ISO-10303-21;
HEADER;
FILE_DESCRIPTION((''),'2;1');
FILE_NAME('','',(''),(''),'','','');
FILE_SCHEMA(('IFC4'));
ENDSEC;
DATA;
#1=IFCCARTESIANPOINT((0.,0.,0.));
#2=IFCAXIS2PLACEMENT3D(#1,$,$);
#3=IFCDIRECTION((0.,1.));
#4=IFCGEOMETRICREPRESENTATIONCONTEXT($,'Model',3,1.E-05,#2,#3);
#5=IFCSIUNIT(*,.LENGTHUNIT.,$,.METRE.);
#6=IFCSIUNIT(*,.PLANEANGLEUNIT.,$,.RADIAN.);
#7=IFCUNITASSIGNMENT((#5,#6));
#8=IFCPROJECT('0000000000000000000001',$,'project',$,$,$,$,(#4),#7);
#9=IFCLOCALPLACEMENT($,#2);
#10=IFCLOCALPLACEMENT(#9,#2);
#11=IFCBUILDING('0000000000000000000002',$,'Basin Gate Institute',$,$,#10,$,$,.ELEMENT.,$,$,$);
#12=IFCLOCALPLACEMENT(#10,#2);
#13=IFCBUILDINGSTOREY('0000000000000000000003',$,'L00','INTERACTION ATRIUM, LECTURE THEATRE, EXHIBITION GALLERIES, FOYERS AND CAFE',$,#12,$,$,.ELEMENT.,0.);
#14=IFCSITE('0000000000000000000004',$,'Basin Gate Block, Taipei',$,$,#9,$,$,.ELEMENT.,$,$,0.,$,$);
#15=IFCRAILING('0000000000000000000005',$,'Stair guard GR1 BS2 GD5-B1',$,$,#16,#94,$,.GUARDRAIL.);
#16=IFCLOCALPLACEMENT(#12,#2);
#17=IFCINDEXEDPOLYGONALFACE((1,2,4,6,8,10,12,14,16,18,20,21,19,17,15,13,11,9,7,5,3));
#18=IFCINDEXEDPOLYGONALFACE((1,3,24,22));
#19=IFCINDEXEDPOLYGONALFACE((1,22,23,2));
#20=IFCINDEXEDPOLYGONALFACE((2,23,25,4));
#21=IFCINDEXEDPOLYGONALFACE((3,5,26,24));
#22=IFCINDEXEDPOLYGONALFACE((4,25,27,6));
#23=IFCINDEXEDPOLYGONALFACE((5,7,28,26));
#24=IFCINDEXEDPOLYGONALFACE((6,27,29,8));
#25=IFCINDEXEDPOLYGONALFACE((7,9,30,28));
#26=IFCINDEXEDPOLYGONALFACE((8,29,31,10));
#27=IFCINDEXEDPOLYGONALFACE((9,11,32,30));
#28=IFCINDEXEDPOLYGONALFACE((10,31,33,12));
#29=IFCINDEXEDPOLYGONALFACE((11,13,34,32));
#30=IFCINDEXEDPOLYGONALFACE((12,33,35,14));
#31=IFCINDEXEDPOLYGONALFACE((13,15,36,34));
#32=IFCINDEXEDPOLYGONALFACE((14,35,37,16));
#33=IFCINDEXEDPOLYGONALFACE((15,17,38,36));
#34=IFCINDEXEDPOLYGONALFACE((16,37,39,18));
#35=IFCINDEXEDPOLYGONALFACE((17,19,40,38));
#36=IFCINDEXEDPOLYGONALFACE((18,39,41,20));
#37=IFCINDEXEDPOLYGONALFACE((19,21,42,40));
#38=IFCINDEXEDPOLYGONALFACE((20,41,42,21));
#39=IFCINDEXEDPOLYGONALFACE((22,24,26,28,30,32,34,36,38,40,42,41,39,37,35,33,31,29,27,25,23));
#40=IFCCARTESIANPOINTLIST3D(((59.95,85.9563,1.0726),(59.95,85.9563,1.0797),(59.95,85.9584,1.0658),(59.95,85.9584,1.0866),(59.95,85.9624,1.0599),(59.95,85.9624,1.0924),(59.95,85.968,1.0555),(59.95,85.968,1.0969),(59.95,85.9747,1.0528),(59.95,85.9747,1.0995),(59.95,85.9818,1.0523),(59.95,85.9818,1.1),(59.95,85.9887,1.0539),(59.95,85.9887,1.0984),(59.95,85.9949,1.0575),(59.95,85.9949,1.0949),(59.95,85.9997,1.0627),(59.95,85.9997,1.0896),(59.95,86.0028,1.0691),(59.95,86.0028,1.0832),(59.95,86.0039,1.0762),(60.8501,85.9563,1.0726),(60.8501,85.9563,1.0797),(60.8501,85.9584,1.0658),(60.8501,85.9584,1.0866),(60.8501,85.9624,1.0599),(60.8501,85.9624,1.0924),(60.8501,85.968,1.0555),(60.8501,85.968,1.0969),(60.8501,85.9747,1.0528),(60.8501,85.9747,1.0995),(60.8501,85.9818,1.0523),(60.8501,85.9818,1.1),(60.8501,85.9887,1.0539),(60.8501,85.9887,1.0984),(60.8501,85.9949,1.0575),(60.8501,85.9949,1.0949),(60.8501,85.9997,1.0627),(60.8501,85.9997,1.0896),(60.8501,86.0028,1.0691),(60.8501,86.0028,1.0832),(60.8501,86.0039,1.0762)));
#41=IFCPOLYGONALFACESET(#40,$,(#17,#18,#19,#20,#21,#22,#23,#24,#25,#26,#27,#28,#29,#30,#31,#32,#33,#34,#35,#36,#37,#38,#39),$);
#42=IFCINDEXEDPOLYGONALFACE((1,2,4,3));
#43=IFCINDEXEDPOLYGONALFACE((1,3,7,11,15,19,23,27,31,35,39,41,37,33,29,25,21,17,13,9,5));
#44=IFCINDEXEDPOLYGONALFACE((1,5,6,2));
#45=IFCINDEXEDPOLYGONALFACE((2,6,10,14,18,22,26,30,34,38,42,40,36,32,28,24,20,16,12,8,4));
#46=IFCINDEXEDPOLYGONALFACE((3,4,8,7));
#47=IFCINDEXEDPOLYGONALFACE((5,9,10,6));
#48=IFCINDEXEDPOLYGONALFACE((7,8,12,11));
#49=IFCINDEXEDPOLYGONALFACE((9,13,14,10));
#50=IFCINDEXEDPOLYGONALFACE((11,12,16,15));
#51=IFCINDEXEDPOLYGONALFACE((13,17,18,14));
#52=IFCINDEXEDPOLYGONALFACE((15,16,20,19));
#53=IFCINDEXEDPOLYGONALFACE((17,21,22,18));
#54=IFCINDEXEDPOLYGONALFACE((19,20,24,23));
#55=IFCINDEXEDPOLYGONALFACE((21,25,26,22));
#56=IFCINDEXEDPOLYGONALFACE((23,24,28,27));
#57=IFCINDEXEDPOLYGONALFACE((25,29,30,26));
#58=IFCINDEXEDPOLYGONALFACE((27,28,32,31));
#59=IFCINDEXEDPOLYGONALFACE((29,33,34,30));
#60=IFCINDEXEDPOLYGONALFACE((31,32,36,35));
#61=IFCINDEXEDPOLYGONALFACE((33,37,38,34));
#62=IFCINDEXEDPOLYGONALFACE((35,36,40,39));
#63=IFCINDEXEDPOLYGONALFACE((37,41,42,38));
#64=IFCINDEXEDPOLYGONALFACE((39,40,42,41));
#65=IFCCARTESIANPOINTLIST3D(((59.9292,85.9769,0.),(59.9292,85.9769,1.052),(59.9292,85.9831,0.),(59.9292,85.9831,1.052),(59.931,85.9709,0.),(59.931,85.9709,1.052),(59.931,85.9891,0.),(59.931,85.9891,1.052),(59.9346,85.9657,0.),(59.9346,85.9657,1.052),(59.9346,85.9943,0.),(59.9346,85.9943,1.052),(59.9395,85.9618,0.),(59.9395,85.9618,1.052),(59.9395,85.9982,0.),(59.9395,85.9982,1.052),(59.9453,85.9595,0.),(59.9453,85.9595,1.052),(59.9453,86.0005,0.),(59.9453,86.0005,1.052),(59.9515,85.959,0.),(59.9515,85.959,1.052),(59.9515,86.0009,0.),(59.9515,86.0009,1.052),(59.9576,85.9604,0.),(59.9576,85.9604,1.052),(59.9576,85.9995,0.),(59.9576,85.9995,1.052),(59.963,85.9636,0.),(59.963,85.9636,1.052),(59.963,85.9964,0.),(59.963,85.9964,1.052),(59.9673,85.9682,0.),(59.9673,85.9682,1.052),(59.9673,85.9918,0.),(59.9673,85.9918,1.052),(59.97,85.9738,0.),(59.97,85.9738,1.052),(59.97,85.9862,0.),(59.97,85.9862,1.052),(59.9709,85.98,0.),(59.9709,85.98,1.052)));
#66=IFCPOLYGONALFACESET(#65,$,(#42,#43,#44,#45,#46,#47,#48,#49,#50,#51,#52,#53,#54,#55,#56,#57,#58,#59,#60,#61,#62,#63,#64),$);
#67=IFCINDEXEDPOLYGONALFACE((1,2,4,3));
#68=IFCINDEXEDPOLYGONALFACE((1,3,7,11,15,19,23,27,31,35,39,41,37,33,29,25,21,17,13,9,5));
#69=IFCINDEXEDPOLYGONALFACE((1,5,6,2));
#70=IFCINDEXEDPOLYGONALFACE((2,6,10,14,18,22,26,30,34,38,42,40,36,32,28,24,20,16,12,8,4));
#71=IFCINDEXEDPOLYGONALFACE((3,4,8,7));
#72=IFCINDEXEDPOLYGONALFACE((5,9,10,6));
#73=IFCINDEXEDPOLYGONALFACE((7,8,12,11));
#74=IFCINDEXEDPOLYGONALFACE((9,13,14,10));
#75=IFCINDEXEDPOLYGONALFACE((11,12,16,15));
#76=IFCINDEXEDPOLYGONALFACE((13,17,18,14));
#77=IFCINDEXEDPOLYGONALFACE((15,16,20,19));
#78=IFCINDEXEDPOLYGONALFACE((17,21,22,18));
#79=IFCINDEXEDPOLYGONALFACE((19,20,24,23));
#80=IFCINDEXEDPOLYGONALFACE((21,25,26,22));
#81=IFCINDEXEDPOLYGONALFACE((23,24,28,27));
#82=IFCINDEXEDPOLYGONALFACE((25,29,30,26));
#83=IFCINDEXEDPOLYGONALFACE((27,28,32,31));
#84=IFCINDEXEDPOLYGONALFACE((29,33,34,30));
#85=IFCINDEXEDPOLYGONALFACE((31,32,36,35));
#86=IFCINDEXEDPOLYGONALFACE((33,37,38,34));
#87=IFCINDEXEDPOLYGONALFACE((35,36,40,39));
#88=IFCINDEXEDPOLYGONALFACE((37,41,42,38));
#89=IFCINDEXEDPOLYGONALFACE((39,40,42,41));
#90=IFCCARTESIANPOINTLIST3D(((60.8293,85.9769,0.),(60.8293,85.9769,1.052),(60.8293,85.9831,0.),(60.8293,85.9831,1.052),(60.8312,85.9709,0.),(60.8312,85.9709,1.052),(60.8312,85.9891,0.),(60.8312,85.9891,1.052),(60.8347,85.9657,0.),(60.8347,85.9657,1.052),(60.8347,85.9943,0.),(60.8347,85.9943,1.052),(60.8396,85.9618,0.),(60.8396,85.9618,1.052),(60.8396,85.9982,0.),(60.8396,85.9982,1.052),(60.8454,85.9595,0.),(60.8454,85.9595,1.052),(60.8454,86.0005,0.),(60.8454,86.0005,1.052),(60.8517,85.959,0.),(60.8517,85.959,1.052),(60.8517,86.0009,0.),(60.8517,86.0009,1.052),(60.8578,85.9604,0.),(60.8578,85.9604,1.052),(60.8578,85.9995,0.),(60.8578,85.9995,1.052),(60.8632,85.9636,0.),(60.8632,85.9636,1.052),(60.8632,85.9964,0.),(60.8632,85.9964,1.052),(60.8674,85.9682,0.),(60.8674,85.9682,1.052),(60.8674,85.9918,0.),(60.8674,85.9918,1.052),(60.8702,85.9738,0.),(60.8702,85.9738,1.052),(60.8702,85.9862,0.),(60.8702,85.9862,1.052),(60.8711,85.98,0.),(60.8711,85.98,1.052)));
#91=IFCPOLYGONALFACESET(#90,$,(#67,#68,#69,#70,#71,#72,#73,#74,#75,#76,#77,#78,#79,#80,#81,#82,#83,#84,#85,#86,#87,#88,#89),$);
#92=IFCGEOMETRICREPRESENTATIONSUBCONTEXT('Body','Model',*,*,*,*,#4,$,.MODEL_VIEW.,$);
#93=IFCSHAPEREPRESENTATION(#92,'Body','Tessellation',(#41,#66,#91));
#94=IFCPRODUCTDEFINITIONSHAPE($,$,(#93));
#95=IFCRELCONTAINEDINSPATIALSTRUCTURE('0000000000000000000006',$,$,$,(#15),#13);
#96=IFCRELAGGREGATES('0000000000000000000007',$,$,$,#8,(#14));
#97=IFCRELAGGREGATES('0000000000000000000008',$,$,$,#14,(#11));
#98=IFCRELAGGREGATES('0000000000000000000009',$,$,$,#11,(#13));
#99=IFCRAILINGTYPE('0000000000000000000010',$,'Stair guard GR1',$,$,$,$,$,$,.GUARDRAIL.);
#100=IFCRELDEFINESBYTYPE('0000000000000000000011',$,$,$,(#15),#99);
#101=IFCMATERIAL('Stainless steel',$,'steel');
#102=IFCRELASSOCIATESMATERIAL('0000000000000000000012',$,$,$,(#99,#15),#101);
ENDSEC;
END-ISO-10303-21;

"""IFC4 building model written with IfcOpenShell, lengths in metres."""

from ifc_helpers import new_model, si_unit, direction, frame, origin, origin_2d, place, context, subcontext, project, spatial, circle, extrude, material, type_object, element, save


model = new_model("IFC4")

# Units and contexts
model_context = context("Model", 3, precision=1e-05, world=origin(), true_north=direction((0.0, 1.0)))
body_context = subcontext(model_context, "Body", "Model", "MODEL_VIEW")
ifc_project = project(units=[si_unit("LENGTHUNIT", "METRE"), si_unit("PLANEANGLEUNIT", "RADIAN")], contexts=[model_context])

# Site, building, storey
site_placement = place(None, origin())
site = spatial("IfcSite", under=ifc_project, at=site_placement, Name="Basin Gate Block, Taipei", CompositionType="ELEMENT", RefElevation=0.0)
building_placement = place(site_placement, origin())
building = spatial("IfcBuilding", under=site, at=building_placement, Name="Basin Gate Institute", CompositionType="ELEMENT")
storey_placement = place(building_placement, origin())
storey = spatial("IfcBuildingStorey", under=building, at=storey_placement, Name="L00", Description="INTERACTION ATRIUM, LECTURE THEATRE, EXHIBITION GALLERIES, FOYERS AND CAFE", CompositionType="ELEMENT", Elevation=0.0)

# Railing
ifc_material_1 = material(Name="Stainless steel", Category="steel")
railing_type = type_object("IfcRailingType", Name="Stair guard GR1", PredefinedType="GUARDRAIL", material=ifc_material_1)
railing_1_placement = place(storey_placement, frame((59.95, 85.98, 0.0)))
element("IfcRailing", 1, at=railing_1_placement, inside=storey, type_object=railing_type, material=ifc_material_1, Name="Stair guard GR1 BS2 GD5-B1", PredefinedType="GUARDRAIL", context=body_context, shape_type="SweptSolid", body=[
    extrude(circle(Radius=0.0239, at=origin_2d()), frame((0.0, 0.0, 1.0762), z_axis=(1.0, 0.0, 0.0), x_axis=(0.0, 1.0, 0.0)), (0.0, 0.0, 1.0), 0.9001),
    extrude(circle(Radius=0.021, at=origin_2d()), origin(), (0.0, 0.0, 1.0), 1.052),
    extrude(circle(Radius=0.021, at=origin_2d()), frame((0.9001, 0.0, 0.0)), (0.0, 0.0, 1.0), 1.052),
])

save(model, "model.ifc")
